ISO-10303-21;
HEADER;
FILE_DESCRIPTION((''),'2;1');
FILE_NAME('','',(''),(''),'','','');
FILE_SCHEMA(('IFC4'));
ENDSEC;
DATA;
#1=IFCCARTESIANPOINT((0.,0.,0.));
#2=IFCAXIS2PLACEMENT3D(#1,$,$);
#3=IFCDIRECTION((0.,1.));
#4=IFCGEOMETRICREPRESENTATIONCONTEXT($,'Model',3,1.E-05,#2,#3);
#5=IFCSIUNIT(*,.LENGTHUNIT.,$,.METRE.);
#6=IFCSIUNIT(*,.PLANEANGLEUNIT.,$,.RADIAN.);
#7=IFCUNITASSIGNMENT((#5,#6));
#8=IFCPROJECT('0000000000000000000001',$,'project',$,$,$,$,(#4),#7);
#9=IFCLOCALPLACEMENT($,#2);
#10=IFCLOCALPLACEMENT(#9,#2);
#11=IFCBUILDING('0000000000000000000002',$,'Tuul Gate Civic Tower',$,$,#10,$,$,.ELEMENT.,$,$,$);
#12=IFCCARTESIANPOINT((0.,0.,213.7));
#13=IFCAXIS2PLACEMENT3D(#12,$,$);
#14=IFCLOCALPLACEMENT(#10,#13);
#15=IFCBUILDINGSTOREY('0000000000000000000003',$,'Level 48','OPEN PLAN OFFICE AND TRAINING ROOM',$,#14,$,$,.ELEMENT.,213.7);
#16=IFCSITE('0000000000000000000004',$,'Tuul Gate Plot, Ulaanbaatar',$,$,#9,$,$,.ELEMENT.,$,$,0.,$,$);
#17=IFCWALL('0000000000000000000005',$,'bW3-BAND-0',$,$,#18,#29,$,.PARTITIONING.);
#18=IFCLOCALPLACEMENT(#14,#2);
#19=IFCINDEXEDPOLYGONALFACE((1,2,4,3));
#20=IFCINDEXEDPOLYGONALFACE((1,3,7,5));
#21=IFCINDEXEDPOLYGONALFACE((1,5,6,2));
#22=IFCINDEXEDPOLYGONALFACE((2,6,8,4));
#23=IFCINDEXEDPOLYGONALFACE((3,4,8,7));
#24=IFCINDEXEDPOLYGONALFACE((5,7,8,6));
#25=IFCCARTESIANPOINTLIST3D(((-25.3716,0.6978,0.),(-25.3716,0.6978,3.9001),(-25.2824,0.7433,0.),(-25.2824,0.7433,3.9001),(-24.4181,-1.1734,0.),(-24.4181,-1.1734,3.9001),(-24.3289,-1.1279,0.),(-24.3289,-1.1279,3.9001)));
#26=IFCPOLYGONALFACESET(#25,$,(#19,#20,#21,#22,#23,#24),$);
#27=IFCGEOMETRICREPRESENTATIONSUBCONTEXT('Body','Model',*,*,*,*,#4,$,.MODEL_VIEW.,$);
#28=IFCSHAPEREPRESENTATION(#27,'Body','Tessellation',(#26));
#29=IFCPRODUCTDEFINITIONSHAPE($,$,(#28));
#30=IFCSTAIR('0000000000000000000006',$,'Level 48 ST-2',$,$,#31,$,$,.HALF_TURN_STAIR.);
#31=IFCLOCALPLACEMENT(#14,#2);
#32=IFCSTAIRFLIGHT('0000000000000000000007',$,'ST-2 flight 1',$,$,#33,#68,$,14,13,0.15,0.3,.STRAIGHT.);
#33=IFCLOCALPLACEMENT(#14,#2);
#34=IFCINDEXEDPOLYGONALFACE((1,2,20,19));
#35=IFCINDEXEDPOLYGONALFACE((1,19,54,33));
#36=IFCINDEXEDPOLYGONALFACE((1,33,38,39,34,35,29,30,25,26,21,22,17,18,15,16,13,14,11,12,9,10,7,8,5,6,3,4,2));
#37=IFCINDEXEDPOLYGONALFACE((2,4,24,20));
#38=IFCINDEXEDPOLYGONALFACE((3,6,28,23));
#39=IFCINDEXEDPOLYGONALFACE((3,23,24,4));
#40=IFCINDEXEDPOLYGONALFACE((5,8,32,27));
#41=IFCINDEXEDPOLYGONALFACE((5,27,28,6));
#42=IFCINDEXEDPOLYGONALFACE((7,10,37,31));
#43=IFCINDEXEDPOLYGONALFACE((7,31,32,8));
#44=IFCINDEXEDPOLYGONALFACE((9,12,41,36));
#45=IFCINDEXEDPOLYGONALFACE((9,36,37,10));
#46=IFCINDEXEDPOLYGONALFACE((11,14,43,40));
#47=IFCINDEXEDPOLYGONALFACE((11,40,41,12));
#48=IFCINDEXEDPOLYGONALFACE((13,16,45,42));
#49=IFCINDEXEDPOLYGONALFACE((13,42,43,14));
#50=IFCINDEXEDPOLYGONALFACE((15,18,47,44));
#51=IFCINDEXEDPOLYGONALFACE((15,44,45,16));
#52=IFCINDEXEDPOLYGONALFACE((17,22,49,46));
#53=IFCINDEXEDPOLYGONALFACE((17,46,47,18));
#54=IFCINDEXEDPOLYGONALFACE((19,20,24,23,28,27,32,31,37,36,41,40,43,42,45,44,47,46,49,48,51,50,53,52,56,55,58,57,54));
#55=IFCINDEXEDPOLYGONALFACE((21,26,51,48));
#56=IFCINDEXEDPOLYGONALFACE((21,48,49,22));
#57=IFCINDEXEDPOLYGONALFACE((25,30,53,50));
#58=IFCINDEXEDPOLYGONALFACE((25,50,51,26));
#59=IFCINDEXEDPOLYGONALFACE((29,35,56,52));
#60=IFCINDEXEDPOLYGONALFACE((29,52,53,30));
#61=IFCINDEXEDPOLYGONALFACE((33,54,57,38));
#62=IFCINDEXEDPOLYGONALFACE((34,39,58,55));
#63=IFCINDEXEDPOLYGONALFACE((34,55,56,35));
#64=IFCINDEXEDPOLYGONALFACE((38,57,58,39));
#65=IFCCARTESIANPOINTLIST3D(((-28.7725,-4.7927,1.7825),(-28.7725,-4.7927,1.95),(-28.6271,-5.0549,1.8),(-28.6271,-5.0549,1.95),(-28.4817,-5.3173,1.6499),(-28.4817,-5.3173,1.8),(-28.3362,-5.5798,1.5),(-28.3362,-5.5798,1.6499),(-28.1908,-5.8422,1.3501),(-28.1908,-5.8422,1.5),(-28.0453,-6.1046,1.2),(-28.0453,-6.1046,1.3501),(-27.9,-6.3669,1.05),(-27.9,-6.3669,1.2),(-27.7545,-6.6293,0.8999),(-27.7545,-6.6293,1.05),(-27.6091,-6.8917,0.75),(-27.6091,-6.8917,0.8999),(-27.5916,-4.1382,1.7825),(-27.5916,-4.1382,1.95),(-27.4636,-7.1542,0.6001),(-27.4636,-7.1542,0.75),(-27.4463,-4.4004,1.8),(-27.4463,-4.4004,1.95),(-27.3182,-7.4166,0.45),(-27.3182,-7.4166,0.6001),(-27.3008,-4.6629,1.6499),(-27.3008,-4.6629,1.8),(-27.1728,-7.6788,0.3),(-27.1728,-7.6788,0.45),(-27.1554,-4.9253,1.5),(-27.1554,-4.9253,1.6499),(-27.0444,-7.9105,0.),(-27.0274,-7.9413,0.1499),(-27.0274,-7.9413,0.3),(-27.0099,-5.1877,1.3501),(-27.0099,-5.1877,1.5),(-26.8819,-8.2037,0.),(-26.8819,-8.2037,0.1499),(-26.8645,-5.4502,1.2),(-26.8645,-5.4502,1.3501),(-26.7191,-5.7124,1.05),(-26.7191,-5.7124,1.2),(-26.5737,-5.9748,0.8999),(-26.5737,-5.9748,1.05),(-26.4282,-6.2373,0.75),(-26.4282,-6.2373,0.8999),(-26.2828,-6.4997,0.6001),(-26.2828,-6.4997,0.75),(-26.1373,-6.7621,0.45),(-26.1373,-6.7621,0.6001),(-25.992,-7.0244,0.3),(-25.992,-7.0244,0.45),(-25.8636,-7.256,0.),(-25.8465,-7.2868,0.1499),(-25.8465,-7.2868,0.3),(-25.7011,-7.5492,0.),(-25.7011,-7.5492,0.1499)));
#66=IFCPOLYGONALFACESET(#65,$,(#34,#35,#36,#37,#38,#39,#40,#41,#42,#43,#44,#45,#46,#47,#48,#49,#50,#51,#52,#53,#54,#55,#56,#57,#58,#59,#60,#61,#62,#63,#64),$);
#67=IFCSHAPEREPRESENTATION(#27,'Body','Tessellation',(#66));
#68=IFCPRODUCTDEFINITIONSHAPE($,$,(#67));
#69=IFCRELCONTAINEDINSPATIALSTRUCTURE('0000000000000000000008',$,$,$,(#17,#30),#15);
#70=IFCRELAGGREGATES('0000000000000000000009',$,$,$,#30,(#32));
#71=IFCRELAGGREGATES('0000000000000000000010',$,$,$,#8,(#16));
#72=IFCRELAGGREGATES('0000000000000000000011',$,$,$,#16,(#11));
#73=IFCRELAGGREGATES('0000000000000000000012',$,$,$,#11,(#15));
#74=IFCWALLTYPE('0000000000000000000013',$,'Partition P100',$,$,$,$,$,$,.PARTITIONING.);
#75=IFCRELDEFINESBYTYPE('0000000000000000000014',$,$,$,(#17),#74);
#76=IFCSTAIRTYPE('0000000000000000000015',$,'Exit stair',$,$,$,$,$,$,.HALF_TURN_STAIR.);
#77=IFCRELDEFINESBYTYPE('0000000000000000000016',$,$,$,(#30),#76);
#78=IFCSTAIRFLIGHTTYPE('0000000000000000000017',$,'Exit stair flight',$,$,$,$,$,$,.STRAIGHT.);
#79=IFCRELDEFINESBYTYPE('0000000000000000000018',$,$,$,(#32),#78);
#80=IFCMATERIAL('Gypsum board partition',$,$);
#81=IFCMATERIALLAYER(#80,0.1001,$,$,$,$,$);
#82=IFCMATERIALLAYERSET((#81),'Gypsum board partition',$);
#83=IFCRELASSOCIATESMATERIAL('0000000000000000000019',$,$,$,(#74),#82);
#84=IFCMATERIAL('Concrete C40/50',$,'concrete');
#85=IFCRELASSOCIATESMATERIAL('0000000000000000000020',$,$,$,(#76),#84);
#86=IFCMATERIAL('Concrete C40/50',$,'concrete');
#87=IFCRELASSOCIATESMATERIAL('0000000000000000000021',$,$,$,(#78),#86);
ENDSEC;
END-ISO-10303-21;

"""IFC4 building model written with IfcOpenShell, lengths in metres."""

from ifc_helpers import new_model, si_unit, direction, frame, frame_2d, origin, place, context, subcontext, project, spatial, polyline, rectangle, outline, extrude, material, layer, layer_set, type_object, element, aggregate, save


model = new_model("IFC4")

# Units and contexts
model_context = context("Model", 3, precision=1e-05, world=origin(), true_north=direction((0.0, 1.0)))
body_context = subcontext(model_context, "Body", "Model", "MODEL_VIEW")
ifc_project = project(units=[si_unit("LENGTHUNIT", "METRE"), si_unit("PLANEANGLEUNIT", "RADIAN")], contexts=[model_context])

# Site, building, storey
site_placement = place(None, origin())
site = spatial("IfcSite", under=ifc_project, at=site_placement, Name="Tuul Gate Plot, Ulaanbaatar", CompositionType="ELEMENT", RefElevation=0.0)
building_placement = place(site_placement, origin())
building = spatial("IfcBuilding", under=site, at=building_placement, Name="Tuul Gate Civic Tower", CompositionType="ELEMENT")
storey_placement = place(building_placement, frame((0.0, 0.0, 213.7)))
storey = spatial("IfcBuildingStorey", under=building, at=storey_placement, Name="Level 48", Description="OPEN PLAN OFFICE AND TRAINING ROOM", CompositionType="ELEMENT", Elevation=213.7)

# Wall
ifc_material_1 = material(Name="Gypsum board partition")
ifc_layer_1 = layer(ifc_material_1, 0.1001)
ifc_layer_set_1 = layer_set([ifc_layer_1], Name="Gypsum board partition")
wall_type_1 = type_object("IfcWallType", Name="Partition P100", PredefinedType="PARTITIONING", material=ifc_layer_set_1)
wall_1_placement = place(storey_placement, frame((-24.3735, -1.1506, 0.0), z_axis=(0.0, 0.0, 1.0), x_axis=(-0.45399, 0.891007, 0.0)))
element("IfcWall", 1, at=wall_1_placement, inside=storey, type_object=wall_type_1, Name="bW3-BAND-0", PredefinedType="PARTITIONING", context=body_context, shape_type="SweptSolid", body=[
    extrude(rectangle(XDim=2.1001, YDim=0.1001, at=frame_2d((1.05, 0.0))), origin(), (0.0, 0.0, 1.0), 3.9001),
])

# Stair, stair flight
ifc_material_2 = material(Name="Concrete C40/50", Category="concrete")
stair_type = type_object("IfcStairType", Name="Exit stair", PredefinedType="HALF_TURN_STAIR", material=ifc_material_2)
stair_placement = place(storey_placement, origin())
stair = element("IfcStair", 2, at=stair_placement, inside=storey, type_object=stair_type, Name="Level 48 ST-2", PredefinedType="HALF_TURN_STAIR")
ifc_material_3 = material(Name="Concrete C40/50", Category="concrete")
stair_flight_type = type_object("IfcStairFlightType", Name="Exit stair flight", PredefinedType="STRAIGHT", material=ifc_material_3)
stair_flight_placement = place(storey_placement, frame((-26.2915, -7.8765, 0.0), z_axis=(0.0, 0.0, 1.0), x_axis=(-0.484762, 0.874646, 0.0)))
stair_flight = element("IfcStairFlight", 3, at=stair_flight_placement, type_object=stair_flight_type, Name="ST-2 flight 1", NumberOfRisers=14, NumberOfTreads=13, PredefinedType="STRAIGHT", RiserHeight=0.15, TreadLength=0.3, context=body_context, shape_type="SweptSolid", body=[
    extrude(outline(polyline([(0.0, 0.0), (0.0, 0.1499), (0.3, 0.1499), (0.3, 0.3), (0.6001, 0.3), (0.6001, 0.45), (0.8999, 0.45), (0.8999, 0.6001), (1.2, 0.6001), (1.2, 0.75), (1.5, 0.75), (1.5, 0.8999), (1.8, 0.8999), (1.8, 1.05), (2.1001, 1.05), (2.1001, 1.2), (2.3999, 1.2), (2.3999, 1.3501), (2.7, 1.3501), (2.7, 1.5), (3.0, 1.5), (3.0, 1.6499), (3.3, 1.6499), (3.3, 1.8), (3.6001, 1.8), (3.6001, 1.95), (3.8999, 1.95), (3.8999, 2.1001), (3.8999, 1.7825), (0.3352, 0.0), (0.0, 0.0)])), frame((0.0, 0.675, 0.0), z_axis=(0.0, -1.0, 0.0), x_axis=(1.0, 0.0, 0.0)), (0.0, 0.0, 1.0), 1.3501),
])
aggregate(stair, [stair_flight])

save(model, "model.ifc")
